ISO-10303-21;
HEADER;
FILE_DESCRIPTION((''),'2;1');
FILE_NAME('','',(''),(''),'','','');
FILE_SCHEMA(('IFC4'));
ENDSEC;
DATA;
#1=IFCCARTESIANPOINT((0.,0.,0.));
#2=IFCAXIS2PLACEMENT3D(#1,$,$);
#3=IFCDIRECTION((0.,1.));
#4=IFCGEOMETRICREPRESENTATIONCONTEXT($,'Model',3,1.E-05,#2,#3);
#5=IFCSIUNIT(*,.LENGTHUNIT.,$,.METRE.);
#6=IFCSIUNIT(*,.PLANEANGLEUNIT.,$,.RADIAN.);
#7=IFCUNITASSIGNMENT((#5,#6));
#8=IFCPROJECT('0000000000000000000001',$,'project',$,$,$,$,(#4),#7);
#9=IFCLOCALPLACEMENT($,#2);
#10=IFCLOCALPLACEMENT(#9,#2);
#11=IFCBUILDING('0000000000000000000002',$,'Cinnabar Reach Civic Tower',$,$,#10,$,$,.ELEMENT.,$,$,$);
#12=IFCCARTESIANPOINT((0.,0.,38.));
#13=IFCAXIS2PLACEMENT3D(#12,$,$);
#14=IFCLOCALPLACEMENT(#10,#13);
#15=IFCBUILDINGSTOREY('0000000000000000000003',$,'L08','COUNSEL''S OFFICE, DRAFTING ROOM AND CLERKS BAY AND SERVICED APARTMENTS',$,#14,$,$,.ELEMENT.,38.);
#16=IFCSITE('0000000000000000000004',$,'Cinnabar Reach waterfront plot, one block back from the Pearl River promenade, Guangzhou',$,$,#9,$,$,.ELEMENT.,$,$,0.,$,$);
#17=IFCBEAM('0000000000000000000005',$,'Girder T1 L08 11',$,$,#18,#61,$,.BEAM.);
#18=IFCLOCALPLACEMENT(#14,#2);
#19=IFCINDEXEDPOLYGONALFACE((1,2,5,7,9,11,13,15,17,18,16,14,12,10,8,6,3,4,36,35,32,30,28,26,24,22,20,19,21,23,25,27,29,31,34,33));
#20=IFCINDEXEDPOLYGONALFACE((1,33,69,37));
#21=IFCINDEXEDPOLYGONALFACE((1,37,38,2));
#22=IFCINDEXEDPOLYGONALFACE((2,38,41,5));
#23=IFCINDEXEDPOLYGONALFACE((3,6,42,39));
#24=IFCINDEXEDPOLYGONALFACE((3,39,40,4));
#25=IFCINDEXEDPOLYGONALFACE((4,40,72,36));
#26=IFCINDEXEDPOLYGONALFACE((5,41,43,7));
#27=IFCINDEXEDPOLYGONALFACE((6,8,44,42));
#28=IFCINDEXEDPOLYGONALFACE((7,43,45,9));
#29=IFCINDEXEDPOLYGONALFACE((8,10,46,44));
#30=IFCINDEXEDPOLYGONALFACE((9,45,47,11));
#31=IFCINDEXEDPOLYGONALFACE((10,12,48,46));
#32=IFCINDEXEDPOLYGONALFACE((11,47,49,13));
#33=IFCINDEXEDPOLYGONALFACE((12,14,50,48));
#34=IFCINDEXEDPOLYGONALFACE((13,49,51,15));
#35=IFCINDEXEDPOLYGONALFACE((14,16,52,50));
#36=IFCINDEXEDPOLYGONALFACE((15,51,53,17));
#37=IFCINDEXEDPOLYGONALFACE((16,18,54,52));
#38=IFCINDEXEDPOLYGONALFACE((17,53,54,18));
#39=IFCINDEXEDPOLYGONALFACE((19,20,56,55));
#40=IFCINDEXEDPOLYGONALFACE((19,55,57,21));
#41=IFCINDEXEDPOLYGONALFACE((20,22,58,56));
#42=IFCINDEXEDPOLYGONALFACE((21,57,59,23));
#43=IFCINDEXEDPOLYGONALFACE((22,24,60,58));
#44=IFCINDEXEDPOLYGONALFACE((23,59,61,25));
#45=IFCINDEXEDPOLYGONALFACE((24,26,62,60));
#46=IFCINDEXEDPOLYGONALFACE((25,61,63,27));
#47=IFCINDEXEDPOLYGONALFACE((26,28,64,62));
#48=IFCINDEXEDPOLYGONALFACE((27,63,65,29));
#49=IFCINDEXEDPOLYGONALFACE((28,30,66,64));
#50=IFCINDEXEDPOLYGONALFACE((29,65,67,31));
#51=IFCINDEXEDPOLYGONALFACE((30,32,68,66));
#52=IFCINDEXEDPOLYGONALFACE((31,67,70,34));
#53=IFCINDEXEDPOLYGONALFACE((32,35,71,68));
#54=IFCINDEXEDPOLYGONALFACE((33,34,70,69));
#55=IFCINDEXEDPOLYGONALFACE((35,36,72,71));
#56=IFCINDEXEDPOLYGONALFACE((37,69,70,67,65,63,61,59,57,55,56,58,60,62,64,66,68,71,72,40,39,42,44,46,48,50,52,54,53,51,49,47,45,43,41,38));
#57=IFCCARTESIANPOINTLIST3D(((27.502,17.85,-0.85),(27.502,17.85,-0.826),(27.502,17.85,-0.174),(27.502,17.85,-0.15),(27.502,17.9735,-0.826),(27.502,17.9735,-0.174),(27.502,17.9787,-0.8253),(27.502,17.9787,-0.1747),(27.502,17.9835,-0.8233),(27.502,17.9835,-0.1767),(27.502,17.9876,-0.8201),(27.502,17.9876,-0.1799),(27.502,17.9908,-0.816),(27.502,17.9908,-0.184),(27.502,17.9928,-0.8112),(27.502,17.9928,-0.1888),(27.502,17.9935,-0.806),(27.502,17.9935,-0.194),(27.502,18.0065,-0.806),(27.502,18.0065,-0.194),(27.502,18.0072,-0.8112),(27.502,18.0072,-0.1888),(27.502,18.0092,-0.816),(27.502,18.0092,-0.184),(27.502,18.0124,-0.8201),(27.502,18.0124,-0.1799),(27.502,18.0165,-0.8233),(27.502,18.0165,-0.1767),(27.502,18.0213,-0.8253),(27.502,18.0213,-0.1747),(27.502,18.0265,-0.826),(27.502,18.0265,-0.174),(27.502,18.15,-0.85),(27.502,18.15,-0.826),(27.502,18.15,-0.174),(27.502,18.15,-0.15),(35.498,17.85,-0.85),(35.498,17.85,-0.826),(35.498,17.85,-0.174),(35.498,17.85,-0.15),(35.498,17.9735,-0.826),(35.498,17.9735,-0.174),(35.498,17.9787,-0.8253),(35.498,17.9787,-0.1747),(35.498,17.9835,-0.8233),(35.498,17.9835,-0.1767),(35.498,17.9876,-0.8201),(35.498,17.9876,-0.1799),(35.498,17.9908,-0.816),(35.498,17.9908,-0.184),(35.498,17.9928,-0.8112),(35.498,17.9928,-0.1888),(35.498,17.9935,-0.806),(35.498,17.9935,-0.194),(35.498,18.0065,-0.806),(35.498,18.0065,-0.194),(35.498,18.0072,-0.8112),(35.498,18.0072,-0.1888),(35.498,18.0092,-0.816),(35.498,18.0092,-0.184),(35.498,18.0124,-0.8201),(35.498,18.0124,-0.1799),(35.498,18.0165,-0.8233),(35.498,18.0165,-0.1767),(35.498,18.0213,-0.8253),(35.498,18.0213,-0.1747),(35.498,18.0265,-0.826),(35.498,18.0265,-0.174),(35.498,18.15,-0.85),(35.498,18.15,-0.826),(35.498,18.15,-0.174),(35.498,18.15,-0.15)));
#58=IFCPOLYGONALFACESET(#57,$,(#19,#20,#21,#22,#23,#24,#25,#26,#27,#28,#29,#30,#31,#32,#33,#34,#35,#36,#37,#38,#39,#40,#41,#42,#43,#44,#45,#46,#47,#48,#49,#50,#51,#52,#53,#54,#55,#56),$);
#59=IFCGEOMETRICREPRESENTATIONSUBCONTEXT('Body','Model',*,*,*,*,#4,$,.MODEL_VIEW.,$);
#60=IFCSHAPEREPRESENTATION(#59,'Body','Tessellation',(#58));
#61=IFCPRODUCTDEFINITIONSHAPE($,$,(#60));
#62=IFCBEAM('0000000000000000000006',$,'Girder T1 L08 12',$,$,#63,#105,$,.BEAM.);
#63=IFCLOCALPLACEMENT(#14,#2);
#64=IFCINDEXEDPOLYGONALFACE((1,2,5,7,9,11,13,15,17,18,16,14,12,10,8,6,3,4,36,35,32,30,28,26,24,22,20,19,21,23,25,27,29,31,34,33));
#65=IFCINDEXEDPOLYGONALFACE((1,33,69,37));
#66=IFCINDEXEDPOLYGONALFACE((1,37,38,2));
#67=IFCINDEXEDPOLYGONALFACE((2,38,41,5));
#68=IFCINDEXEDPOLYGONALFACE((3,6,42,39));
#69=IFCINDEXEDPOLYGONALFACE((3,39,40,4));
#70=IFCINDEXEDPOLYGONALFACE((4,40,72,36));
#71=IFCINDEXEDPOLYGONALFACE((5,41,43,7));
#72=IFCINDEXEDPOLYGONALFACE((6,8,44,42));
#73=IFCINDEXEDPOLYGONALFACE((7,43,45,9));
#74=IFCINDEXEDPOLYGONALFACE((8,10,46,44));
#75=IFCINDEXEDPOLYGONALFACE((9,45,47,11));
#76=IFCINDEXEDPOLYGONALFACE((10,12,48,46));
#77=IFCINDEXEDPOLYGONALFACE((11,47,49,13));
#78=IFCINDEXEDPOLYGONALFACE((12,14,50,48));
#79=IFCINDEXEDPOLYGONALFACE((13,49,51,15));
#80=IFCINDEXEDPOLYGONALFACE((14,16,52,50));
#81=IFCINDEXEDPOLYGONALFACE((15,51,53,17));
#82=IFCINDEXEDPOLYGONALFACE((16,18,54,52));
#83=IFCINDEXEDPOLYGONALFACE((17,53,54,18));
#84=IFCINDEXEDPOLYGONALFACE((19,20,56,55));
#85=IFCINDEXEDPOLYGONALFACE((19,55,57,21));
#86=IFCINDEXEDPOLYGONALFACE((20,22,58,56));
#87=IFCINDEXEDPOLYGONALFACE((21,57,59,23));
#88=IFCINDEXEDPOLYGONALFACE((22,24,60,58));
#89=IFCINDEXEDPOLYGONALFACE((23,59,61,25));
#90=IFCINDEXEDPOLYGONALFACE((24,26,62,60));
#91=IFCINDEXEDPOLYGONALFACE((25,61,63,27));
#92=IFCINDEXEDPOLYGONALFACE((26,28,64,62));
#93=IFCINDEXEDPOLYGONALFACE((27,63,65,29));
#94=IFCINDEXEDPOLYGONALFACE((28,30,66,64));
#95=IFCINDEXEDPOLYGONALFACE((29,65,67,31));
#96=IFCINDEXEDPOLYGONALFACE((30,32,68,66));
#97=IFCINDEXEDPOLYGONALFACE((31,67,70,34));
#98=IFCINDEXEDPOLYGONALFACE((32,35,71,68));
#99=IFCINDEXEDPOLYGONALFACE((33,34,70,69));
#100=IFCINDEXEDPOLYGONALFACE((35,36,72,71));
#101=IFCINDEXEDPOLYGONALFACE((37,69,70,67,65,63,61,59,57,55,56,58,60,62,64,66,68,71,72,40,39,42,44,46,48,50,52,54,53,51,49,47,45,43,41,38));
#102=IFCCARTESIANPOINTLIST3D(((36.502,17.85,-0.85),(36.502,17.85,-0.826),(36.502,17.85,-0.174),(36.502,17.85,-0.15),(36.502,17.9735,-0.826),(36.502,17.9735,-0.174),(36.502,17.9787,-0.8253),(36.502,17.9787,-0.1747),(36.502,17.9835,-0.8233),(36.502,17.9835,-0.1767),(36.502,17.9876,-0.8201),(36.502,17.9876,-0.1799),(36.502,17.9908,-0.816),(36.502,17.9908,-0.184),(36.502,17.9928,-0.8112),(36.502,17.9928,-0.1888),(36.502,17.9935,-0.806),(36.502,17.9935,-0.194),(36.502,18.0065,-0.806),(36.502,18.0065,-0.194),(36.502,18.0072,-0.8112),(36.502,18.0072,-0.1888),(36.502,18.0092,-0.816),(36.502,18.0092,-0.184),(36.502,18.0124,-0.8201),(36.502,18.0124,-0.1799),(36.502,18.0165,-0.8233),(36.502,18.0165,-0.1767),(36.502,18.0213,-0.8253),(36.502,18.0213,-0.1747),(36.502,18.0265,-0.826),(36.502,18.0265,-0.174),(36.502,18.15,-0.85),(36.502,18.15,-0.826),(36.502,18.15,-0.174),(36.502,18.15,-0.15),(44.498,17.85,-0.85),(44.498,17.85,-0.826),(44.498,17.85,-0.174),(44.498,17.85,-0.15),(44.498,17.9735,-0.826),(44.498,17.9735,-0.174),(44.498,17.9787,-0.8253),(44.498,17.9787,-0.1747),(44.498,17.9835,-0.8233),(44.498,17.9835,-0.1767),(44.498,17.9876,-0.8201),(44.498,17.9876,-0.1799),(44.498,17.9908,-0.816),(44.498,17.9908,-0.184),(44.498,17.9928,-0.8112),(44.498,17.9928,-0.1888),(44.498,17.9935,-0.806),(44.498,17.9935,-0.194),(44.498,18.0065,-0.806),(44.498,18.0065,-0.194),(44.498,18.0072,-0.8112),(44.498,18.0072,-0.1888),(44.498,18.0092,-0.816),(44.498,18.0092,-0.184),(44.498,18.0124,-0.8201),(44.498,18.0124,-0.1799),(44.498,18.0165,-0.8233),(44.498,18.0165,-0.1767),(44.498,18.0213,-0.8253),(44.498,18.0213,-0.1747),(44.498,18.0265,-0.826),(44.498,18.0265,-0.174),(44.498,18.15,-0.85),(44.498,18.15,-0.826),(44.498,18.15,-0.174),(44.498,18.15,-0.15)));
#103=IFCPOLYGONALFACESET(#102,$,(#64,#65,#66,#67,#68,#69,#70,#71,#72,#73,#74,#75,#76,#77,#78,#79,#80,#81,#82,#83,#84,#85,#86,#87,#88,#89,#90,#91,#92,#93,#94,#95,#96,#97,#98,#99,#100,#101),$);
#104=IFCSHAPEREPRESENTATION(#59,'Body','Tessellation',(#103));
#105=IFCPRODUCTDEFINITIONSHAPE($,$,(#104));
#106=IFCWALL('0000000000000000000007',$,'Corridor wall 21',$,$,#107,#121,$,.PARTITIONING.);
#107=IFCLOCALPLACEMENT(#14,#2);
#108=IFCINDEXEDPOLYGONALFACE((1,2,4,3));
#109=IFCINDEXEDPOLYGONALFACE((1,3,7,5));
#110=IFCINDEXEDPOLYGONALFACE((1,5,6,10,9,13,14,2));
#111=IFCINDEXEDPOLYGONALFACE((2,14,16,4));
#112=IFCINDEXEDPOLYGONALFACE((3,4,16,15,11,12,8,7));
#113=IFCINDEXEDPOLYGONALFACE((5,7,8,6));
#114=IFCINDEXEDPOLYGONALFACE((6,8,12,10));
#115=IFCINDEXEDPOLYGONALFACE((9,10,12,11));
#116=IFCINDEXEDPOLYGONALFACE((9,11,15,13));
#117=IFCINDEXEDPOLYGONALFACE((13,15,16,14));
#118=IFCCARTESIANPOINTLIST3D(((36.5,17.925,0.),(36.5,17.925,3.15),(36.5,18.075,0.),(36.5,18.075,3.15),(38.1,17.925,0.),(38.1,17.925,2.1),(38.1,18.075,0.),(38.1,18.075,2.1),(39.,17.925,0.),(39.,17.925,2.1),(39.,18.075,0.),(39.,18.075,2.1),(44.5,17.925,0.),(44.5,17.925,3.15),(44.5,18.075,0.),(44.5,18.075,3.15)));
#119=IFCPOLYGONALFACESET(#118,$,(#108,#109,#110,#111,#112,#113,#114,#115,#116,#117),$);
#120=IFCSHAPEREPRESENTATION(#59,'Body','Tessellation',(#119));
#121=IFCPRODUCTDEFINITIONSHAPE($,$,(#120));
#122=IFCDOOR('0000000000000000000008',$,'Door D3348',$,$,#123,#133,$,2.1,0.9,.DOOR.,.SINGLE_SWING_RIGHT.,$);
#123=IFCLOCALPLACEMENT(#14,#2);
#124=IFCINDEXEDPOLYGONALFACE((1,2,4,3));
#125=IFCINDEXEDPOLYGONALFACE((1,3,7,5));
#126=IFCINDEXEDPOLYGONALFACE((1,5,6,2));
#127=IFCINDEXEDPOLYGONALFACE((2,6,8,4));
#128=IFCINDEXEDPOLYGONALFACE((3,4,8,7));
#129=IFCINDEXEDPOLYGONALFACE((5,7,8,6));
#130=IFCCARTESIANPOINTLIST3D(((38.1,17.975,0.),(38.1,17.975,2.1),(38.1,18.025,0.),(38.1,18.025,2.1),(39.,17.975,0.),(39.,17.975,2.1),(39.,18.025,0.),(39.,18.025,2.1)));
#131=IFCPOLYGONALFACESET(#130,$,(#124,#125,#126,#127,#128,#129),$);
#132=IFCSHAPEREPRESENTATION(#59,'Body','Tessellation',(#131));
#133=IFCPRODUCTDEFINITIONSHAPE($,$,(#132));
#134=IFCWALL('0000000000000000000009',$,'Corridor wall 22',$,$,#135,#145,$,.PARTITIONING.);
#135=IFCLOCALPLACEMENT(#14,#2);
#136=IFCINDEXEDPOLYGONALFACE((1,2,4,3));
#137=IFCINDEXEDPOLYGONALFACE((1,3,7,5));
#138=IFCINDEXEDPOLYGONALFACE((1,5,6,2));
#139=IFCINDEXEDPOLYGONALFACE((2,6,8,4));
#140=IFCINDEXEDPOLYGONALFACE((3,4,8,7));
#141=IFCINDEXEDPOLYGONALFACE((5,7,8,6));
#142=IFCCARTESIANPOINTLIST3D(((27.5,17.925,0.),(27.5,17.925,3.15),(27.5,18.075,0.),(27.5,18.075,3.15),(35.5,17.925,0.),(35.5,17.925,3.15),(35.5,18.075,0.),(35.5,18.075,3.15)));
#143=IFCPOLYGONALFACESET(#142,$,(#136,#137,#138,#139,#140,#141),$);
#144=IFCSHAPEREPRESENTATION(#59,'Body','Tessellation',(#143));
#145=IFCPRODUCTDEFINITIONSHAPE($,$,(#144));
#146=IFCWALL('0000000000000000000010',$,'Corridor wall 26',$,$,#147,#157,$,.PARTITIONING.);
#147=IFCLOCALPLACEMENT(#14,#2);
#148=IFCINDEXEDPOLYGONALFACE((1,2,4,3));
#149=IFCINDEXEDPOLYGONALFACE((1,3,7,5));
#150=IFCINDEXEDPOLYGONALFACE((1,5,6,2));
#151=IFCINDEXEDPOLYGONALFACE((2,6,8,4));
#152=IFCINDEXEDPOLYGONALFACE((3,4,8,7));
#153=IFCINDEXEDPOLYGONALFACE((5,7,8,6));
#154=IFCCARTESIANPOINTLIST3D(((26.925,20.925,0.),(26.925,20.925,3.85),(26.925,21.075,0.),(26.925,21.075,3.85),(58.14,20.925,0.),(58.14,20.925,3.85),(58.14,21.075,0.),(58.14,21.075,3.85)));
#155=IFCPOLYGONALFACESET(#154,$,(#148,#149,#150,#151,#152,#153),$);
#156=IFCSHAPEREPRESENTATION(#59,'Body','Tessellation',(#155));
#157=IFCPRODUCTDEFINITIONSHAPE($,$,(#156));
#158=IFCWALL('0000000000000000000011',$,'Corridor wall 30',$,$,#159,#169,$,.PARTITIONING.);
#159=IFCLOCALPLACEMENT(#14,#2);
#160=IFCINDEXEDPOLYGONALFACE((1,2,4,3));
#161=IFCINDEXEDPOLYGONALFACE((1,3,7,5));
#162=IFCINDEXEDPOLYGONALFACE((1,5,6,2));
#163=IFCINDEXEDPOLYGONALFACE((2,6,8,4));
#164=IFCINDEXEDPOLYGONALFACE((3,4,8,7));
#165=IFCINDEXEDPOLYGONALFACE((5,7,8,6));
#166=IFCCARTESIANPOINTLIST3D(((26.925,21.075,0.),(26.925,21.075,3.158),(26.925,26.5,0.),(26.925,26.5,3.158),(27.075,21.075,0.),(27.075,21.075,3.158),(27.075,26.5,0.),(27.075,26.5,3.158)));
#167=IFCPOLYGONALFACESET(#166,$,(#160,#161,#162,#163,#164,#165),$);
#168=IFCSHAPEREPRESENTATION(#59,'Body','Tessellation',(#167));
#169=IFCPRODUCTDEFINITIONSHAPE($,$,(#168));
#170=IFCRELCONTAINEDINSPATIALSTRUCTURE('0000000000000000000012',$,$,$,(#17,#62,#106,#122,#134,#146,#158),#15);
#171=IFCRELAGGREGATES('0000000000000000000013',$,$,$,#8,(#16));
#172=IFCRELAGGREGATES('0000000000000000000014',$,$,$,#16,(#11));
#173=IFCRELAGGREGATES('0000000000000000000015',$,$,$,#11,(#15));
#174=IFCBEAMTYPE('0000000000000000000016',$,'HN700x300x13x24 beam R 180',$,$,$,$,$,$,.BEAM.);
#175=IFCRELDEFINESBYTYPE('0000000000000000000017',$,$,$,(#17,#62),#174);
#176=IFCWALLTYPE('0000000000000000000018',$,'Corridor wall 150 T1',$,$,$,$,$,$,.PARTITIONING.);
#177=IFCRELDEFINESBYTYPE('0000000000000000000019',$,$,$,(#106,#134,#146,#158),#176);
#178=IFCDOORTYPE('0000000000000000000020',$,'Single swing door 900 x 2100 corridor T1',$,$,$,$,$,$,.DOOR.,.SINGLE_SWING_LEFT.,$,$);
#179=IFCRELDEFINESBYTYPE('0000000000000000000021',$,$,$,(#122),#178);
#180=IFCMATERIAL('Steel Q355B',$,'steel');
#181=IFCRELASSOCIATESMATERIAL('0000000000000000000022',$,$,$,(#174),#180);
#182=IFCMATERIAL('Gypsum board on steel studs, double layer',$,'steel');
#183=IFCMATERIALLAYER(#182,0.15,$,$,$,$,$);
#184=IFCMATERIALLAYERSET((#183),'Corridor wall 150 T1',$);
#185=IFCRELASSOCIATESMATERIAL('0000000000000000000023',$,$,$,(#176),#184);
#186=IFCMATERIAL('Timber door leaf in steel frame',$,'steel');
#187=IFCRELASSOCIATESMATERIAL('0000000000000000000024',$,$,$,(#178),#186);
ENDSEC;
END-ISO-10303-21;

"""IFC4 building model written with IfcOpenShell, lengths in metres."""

from ifc_helpers import new_model, si_unit, direction, frame, frame_2d, origin, origin_2d, place, context, subcontext, project, spatial, rectangle, i_section, extrude, material, layer, layer_set, material_profile, profile_set, type_object, element, fill, save


model = new_model("IFC4")

# Units and contexts
model_context = context("Model", 3, precision=1e-05, world=origin(), true_north=direction((0.0, 1.0)))
body_context = subcontext(model_context, "Body", "Model", "MODEL_VIEW")
ifc_project = project(units=[si_unit("LENGTHUNIT", "METRE"), si_unit("PLANEANGLEUNIT", "RADIAN")], contexts=[model_context])

# Site, building, storey
site_placement = place(None, origin())
site = spatial("IfcSite", under=ifc_project, at=site_placement, Name="Cinnabar Reach waterfront plot, one block back from the Pearl River promenade, Guangzhou", CompositionType="ELEMENT", RefElevation=0.0)
building_placement = place(site_placement, origin())
building = spatial("IfcBuilding", under=site, at=building_placement, Name="Cinnabar Reach Civic Tower", CompositionType="ELEMENT")
storey_placement = place(building_placement, frame((0.0, 0.0, 38.0)))
storey = spatial("IfcBuildingStorey", under=building, at=storey_placement, Name="L08", Description="COUNSEL'S OFFICE, DRAFTING ROOM AND CLERKS BAY AND SERVICED APARTMENTS", CompositionType="ELEMENT", Elevation=38.0)

# Beams
ifc_material_1 = material(Name="Steel Q355B", Category="steel")
ifc_material_profile_1 = material_profile(ifc_material_1, i_section(OverallWidth=0.3, OverallDepth=0.7, WebThickness=0.013, FlangeThickness=0.024, FilletRadius=0.02, at=origin_2d()), Name="HN700x300x13x24")
ifc_profile_set_1 = profile_set([ifc_material_profile_1], Name="Steel Q355B")
beam_type_1 = type_object("IfcBeamType", Name="HN700x300x13x24 beam R 180", PredefinedType="BEAM", material=ifc_profile_set_1)
for number, where, z_axis, x_axis, name in (
    (1, (27.502, 18.0, -0.5), (1.0, 0.0, 0.0), (0.0, 1.0, 0.0), "Girder T1 L08 11"),
    (2, (36.502, 18.0, -0.5), (1.0, 0.0, 0.0), (0.0, 1.0, 0.0), "Girder T1 L08 12"),
):
    element("IfcBeam", number, at=place(storey_placement, frame(where, z_axis=z_axis, x_axis=x_axis)), inside=storey, type_object=beam_type_1, Name=name, PredefinedType="BEAM", context=body_context, shape_type="SweptSolid", body=[
        extrude(i_section(OverallWidth=0.3, OverallDepth=0.7, WebThickness=0.013, FlangeThickness=0.024, FilletRadius=0.02, at=origin_2d()), origin(), (0.0, 0.0, 1.0), 7.996),
    ])

# Wall, opening, door
ifc_material_2 = material(Name="Gypsum board on steel studs, double layer", Category="steel")
ifc_layer_1 = layer(ifc_material_2, 0.15)
ifc_layer_set_1 = layer_set([ifc_layer_1], Name="Corridor wall 150 T1")
wall_type_1 = type_object("IfcWallType", Name="Corridor wall 150 T1", PredefinedType="PARTITIONING", material=ifc_layer_set_1)
wall_1_placement = place(storey_placement, frame((36.5, 18.0, 0.0), z_axis=(0.0, 0.0, 1.0), x_axis=(1.0, 0.0, 0.0)))
wall_1 = element("IfcWall", 3, at=wall_1_placement, inside=storey, type_object=wall_type_1, Name="Corridor wall 21", PredefinedType="PARTITIONING", context=body_context, shape_type="SweptSolid", body=[
    extrude(rectangle(XDim=8.0, YDim=0.15, at=frame_2d((4.0, 0.0))), origin(), (0.0, 0.0, 1.0), 3.15),
])
opening_1_placement = place(wall_1_placement, frame((1.6, 0.0, 0.0)))
opening_1 = element("IfcOpeningElement", 4, at=opening_1_placement, cuts=wall_1, PredefinedType="OPENING", context=body_context, shape_type="SweptSolid", body=[
    extrude(rectangle(XDim=0.9, YDim=2.1, at=frame_2d((0.45, 1.05))), frame((0.0, 0.085, 0.0), z_axis=(0.0, -1.0, 0.0), x_axis=(1.0, 0.0, 0.0)), (0.0, 0.0, 1.0), 0.17),
])
ifc_material_3 = material(Name="Timber door leaf in steel frame", Category="steel")
door_type_1 = type_object("IfcDoorType", Name="Single swing door 900 x 2100 corridor T1", OperationType="SINGLE_SWING_LEFT", PredefinedType="DOOR", material=ifc_material_3)
door_1_placement = place(opening_1_placement, frame((0.9, 0.0, 0.0), z_axis=(0.0, 0.0, 1.0), x_axis=(-1.0, 0.0, 0.0)))
door_1 = element("IfcDoor", 5, at=door_1_placement, inside=storey, type_object=door_type_1, Name="Door D3348", OperationType="SINGLE_SWING_RIGHT", OverallHeight=2.1, OverallWidth=0.9, PredefinedType="DOOR", context=body_context, shape_type="SweptSolid", body=[
    extrude(rectangle(XDim=0.9, YDim=2.1, at=frame_2d((0.45, 1.05))), frame((0.0, 0.025, 0.0), z_axis=(0.0, -1.0, 0.0), x_axis=(1.0, 0.0, 0.0)), (0.0, 0.0, 1.0), 0.05),
])
fill(opening_1, door_1)

# Walls
wall_2_placement = place(storey_placement, frame((27.5, 18.0, 0.0), z_axis=(0.0, 0.0, 1.0), x_axis=(1.0, 0.0, 0.0)))
element("IfcWall", 6, at=wall_2_placement, inside=storey, type_object=wall_type_1, Name="Corridor wall 22", PredefinedType="PARTITIONING", context=body_context, shape_type="SweptSolid", body=[
    extrude(rectangle(XDim=8.0, YDim=0.15, at=frame_2d((4.0, 0.0))), origin(), (0.0, 0.0, 1.0), 3.15),
])
wall_3_placement = place(storey_placement, frame((26.925, 21.0, 0.0), z_axis=(0.0, 0.0, 1.0), x_axis=(1.0, 0.0, 0.0)))
element("IfcWall", 7, at=wall_3_placement, inside=storey, type_object=wall_type_1, Name="Corridor wall 26", PredefinedType="PARTITIONING", context=body_context, shape_type="SweptSolid", body=[
    extrude(rectangle(XDim=31.215, YDim=0.15, at=frame_2d((15.6075, 0.0))), origin(), (0.0, 0.0, 1.0), 3.85),
])
wall_4_placement = place(storey_placement, frame((27.0, 21.075, 0.0), z_axis=(0.0, 0.0, 1.0), x_axis=(0.0, 1.0, 0.0)))
element("IfcWall", 8, at=wall_4_placement, inside=storey, type_object=wall_type_1, Name="Corridor wall 30", PredefinedType="PARTITIONING", context=body_context, shape_type="SweptSolid", body=[
    extrude(rectangle(XDim=5.425, YDim=0.15, at=frame_2d((2.7125, 0.0))), origin(), (0.0, 0.0, 1.0), 3.158),
])

save(model, "model.ifc")
